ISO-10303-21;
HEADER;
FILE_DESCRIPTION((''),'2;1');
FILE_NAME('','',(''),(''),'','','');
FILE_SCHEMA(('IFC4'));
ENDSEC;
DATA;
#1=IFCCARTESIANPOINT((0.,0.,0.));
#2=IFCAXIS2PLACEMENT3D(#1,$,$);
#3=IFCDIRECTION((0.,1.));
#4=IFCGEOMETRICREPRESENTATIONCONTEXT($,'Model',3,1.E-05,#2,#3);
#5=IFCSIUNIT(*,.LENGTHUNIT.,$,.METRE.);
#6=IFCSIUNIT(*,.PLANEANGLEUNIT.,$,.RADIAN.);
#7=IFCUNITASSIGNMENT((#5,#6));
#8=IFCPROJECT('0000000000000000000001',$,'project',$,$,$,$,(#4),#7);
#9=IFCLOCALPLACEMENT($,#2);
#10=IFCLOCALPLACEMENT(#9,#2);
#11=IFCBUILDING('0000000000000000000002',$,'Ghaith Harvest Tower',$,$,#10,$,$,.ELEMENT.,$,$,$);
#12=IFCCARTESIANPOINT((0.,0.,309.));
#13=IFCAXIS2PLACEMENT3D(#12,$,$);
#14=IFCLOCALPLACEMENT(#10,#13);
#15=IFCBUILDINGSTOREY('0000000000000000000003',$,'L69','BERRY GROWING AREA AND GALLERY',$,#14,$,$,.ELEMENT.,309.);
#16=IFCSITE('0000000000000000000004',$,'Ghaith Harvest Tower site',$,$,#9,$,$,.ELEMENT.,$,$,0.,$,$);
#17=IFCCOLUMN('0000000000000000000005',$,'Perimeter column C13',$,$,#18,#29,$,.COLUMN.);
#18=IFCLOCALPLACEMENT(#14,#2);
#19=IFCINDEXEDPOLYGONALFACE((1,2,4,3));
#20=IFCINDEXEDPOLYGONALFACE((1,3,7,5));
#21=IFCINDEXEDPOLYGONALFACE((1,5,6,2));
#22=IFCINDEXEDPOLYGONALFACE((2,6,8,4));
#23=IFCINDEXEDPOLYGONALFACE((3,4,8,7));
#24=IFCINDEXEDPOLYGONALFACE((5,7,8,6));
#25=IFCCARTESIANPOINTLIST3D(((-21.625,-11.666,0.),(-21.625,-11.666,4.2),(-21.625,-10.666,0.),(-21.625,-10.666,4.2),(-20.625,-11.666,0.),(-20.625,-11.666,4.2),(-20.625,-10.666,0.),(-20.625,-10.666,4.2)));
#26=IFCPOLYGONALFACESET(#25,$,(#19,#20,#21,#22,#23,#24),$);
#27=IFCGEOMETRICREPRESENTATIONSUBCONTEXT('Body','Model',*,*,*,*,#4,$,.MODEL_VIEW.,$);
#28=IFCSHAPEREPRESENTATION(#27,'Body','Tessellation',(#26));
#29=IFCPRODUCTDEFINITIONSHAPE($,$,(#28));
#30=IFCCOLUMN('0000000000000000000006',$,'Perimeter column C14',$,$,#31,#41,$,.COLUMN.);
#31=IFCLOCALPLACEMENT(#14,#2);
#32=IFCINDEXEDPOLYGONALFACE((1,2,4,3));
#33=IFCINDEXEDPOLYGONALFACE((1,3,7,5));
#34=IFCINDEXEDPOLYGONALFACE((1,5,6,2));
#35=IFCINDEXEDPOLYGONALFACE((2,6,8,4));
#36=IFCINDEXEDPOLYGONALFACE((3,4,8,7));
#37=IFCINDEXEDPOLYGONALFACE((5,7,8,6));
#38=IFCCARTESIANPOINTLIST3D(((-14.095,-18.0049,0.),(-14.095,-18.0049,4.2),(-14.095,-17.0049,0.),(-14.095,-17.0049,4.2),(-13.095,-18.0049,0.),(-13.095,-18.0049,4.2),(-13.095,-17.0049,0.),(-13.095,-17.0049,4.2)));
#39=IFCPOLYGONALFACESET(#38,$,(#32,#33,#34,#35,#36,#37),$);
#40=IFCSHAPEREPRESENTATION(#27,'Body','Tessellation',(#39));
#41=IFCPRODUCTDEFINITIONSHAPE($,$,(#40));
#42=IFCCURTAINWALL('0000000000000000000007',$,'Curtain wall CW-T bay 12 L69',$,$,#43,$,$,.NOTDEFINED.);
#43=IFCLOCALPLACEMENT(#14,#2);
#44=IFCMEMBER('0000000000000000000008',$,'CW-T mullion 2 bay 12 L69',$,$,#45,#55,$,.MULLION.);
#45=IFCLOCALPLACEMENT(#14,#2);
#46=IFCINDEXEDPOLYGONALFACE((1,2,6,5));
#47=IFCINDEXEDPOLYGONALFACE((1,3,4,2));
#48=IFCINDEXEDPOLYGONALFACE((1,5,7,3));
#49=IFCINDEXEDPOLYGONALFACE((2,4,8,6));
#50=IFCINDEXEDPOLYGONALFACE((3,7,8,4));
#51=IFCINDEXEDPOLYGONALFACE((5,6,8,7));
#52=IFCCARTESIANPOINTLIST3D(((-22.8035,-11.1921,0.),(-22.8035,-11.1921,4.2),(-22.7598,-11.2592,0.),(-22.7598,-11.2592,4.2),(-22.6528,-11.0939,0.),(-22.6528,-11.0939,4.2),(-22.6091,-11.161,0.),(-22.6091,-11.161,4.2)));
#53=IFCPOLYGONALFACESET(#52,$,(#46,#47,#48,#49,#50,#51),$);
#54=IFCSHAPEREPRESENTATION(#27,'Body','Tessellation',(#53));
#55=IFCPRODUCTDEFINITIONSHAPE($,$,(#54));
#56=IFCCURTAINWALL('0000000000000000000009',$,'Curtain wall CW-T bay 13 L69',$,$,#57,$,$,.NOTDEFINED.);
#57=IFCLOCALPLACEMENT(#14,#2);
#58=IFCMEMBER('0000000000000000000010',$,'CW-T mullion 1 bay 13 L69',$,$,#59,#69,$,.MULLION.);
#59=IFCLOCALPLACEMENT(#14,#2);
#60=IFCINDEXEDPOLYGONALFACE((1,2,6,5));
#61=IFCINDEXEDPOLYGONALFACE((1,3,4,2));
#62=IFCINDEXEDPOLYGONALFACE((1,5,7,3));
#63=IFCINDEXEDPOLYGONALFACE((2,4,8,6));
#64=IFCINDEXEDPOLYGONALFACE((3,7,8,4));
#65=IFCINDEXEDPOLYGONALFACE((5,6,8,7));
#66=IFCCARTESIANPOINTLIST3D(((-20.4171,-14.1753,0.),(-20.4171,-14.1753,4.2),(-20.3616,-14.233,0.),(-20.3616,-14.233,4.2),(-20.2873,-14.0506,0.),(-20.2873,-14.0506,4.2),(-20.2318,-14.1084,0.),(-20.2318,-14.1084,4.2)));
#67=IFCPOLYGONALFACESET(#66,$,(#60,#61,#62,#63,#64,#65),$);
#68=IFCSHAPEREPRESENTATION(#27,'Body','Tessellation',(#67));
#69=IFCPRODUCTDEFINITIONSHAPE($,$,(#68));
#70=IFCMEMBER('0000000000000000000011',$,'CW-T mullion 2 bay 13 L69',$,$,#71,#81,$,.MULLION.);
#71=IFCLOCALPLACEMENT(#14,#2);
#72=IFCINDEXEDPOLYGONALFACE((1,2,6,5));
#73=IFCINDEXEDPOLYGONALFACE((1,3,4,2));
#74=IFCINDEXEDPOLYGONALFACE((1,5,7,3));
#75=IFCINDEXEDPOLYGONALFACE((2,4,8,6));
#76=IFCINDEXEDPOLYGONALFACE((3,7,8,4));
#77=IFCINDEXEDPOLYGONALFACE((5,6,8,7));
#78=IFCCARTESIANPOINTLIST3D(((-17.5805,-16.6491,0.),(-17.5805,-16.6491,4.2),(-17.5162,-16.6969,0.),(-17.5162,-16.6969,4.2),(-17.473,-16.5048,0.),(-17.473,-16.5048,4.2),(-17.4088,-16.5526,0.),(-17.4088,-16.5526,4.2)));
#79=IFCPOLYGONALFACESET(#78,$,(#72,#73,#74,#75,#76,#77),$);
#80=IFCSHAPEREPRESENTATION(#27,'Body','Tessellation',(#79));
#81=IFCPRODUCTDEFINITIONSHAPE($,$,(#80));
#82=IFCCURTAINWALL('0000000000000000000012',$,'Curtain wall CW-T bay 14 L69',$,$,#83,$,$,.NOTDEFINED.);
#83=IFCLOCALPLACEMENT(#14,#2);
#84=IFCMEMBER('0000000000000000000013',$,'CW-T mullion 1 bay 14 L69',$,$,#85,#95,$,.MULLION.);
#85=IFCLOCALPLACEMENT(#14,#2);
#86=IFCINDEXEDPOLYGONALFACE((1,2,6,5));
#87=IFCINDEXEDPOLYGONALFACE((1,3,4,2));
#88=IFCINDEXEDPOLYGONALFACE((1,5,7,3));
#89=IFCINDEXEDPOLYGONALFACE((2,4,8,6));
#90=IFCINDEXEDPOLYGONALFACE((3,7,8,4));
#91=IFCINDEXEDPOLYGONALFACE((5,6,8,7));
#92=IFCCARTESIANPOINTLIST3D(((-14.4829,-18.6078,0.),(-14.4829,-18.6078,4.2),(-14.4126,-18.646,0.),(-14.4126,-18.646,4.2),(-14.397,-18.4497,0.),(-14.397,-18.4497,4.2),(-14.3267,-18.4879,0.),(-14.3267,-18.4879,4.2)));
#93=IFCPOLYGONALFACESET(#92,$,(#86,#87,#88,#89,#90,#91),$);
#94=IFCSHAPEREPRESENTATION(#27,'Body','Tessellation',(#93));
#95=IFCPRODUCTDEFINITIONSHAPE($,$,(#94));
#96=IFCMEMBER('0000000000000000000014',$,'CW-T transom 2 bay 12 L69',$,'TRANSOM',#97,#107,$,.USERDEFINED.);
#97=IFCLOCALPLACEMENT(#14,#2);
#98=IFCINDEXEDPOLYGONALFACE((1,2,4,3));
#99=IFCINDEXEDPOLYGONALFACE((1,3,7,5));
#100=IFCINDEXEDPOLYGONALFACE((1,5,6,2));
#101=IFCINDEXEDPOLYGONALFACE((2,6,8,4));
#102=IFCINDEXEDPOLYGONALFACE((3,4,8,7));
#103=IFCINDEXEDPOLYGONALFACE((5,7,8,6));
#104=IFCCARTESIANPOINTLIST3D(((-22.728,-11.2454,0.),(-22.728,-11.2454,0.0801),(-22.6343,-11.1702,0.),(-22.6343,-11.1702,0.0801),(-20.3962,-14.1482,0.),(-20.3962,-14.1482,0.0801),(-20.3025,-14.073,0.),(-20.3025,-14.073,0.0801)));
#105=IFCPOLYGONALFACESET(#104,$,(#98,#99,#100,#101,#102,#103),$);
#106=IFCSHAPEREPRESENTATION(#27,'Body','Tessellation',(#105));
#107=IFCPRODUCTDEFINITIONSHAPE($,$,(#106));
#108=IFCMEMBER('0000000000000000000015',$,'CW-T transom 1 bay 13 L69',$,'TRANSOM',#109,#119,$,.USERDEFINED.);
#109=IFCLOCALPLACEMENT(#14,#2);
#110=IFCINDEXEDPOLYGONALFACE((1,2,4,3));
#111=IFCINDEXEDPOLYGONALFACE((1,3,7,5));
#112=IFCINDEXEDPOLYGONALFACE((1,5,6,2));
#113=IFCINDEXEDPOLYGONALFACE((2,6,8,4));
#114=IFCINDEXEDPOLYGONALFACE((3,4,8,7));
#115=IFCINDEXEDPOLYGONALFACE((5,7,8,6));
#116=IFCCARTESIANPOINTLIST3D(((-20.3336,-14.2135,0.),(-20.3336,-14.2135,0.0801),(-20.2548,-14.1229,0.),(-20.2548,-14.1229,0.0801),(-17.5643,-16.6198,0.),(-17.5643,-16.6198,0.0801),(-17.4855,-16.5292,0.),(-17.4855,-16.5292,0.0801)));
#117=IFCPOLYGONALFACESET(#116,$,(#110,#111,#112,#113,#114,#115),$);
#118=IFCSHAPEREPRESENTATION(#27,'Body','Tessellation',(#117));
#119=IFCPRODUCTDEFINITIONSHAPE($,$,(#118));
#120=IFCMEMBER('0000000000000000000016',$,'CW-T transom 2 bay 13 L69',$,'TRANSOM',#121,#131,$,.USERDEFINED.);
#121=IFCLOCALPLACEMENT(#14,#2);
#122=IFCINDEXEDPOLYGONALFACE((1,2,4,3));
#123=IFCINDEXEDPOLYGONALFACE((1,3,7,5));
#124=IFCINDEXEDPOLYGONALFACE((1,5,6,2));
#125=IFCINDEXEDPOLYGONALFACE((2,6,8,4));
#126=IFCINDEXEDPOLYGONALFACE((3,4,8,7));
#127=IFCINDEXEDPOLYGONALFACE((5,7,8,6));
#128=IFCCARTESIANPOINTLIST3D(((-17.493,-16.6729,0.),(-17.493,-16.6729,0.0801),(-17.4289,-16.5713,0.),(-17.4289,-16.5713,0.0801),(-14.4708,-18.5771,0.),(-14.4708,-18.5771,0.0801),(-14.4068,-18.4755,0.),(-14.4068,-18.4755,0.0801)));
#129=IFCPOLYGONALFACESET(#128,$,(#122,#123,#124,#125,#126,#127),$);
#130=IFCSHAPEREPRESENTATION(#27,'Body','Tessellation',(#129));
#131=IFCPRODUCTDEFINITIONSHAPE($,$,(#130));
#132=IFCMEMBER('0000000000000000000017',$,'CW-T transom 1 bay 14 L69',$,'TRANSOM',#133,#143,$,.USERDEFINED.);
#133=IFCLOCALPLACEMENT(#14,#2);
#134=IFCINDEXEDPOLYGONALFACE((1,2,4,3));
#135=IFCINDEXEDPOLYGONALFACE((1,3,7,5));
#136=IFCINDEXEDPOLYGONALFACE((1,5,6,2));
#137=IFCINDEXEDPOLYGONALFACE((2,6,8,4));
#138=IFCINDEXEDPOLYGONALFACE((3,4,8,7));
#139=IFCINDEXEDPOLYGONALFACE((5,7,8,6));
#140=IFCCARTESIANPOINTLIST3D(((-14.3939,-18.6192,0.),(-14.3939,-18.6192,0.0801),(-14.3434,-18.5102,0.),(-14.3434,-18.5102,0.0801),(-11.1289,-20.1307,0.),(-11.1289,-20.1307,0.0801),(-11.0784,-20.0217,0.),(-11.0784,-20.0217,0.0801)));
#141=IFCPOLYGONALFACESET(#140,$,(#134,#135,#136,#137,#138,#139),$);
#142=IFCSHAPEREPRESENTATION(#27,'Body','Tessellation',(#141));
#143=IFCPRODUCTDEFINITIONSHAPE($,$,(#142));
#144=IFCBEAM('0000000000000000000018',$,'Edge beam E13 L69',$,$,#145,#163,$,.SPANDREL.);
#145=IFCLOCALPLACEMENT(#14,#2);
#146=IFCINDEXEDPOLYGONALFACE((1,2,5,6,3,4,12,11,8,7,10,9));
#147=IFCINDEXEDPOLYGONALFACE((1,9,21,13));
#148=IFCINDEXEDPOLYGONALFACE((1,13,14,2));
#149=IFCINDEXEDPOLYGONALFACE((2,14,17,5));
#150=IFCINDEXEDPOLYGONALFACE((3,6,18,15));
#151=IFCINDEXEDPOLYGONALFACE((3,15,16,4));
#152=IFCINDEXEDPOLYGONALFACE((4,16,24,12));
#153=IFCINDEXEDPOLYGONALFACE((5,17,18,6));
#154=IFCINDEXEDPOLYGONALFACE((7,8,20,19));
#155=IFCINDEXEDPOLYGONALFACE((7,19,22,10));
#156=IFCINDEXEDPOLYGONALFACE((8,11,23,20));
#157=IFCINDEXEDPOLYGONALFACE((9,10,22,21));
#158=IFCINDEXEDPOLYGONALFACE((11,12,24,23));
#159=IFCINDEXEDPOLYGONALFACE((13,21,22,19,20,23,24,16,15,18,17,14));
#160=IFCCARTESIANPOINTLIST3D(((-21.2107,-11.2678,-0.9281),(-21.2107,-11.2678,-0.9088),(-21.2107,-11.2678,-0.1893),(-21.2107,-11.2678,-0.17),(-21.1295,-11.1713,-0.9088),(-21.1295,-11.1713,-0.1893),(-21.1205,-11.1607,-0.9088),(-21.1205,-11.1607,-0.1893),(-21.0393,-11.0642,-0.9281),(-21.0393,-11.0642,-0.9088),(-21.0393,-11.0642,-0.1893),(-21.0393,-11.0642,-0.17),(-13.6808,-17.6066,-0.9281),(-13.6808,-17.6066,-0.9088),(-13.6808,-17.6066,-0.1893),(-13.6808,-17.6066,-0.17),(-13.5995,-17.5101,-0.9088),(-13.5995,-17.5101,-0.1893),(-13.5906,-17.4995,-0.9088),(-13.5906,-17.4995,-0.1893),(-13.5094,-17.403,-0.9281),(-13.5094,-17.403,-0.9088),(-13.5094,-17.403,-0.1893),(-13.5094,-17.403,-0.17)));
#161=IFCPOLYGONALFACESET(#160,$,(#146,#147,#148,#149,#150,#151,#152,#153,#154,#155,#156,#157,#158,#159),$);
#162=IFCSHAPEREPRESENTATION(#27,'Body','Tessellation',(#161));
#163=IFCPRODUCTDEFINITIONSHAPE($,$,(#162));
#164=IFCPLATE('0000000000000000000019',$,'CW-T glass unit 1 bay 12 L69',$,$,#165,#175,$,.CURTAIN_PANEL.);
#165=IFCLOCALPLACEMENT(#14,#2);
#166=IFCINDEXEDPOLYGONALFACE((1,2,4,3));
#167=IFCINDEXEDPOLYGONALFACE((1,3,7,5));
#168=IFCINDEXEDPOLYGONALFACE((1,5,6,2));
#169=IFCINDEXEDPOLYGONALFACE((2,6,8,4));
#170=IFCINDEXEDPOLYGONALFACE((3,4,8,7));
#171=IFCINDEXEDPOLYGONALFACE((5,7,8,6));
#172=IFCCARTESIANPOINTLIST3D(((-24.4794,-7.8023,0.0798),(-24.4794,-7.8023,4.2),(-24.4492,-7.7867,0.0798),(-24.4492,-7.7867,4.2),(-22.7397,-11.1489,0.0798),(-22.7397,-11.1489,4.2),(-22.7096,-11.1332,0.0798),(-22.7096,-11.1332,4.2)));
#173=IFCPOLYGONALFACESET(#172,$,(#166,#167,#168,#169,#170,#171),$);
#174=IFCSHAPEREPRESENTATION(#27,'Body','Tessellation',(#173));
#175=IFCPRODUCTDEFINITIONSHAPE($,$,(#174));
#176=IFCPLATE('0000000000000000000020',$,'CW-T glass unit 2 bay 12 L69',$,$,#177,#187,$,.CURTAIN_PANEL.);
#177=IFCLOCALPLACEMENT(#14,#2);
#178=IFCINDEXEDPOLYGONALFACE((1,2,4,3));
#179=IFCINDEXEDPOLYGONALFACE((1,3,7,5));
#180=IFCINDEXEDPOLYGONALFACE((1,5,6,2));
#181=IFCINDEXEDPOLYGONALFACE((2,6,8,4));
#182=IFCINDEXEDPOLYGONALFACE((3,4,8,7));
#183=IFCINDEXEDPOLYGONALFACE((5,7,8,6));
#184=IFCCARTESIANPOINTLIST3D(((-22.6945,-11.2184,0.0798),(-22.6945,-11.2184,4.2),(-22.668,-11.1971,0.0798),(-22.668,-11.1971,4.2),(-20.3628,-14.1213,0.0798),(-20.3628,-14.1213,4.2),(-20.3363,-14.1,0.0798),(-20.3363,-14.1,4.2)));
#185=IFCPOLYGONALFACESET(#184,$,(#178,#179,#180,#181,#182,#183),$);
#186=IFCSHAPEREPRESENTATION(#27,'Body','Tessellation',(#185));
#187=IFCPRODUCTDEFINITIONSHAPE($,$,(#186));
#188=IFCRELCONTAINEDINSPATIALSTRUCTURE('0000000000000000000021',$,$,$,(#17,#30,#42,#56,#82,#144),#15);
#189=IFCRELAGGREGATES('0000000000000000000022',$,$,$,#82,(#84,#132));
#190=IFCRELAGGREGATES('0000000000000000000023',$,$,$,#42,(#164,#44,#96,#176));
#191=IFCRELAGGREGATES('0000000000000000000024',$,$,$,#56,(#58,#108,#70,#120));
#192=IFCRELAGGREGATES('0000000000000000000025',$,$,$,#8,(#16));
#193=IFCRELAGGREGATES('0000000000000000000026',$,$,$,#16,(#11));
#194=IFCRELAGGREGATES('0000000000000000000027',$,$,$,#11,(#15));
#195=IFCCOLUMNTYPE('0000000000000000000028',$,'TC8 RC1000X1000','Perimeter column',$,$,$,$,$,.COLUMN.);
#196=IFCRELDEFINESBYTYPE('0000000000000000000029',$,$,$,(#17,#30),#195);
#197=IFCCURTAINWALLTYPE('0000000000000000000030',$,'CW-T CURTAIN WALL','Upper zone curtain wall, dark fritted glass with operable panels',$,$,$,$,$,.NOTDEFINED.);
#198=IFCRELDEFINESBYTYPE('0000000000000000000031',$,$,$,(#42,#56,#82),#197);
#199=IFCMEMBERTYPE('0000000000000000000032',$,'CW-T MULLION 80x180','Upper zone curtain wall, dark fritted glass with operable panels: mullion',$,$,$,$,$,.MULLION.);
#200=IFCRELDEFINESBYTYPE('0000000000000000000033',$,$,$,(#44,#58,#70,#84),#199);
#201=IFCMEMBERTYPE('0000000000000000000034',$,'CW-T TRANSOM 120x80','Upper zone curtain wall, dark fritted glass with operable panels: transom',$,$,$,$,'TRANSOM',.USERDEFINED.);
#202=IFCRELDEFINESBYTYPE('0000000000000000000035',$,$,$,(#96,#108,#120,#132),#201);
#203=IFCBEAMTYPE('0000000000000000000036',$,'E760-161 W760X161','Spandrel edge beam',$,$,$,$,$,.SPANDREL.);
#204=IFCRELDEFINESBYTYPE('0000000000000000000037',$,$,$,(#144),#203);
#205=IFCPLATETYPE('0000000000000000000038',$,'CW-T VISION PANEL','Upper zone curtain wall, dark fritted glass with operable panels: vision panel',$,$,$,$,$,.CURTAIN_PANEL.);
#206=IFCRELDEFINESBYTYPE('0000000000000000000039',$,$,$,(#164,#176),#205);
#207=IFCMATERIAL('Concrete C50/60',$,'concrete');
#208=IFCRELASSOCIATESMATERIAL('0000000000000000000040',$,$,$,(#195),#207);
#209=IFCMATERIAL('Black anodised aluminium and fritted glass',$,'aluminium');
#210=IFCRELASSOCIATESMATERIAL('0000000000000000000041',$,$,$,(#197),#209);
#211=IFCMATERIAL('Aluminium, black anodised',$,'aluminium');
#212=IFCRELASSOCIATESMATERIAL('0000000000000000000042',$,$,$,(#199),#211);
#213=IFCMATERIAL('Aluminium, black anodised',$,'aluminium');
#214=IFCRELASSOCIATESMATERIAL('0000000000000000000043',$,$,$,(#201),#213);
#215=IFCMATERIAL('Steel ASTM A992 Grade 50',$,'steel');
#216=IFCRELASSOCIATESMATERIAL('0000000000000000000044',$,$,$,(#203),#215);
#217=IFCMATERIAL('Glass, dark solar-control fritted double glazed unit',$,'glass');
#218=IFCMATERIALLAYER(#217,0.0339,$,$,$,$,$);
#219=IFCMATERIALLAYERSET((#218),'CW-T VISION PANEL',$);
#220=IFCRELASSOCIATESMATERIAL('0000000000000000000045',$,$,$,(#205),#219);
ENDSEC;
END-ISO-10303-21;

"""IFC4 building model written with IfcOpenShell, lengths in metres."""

from ifc_helpers import new_model, si_unit, direction, frame, origin, origin_2d, place, context, subcontext, project, spatial, rectangle, i_section, extrude, material, layer, layer_set, material_profile, profile_set, type_object, element, aggregate, save


model = new_model("IFC4")

# Units and contexts
model_context = context("Model", 3, precision=1e-05, world=origin(), true_north=direction((0.0, 1.0)))
body_context = subcontext(model_context, "Body", "Model", "MODEL_VIEW")
ifc_project = project(units=[si_unit("LENGTHUNIT", "METRE"), si_unit("PLANEANGLEUNIT", "RADIAN")], contexts=[model_context])

# Site, building, storey
site_placement = place(None, origin())
site = spatial("IfcSite", under=ifc_project, at=site_placement, Name="Ghaith Harvest Tower site", CompositionType="ELEMENT", RefElevation=0.0)
building_placement = place(site_placement, origin())
building = spatial("IfcBuilding", under=site, at=building_placement, Name="Ghaith Harvest Tower", CompositionType="ELEMENT")
storey_placement = place(building_placement, frame((0.0, 0.0, 309.0)))
storey = spatial("IfcBuildingStorey", under=building, at=storey_placement, Name="L69", Description="BERRY GROWING AREA AND GALLERY", CompositionType="ELEMENT", Elevation=309.0)

# Columns
ifc_material_1 = material(Name="Concrete C50/60", Category="concrete")
ifc_material_profile_1 = material_profile(ifc_material_1, rectangle(XDim=1.0, YDim=1.0, at=origin_2d()), Name="RC1000X1000")
ifc_profile_set_1 = profile_set([ifc_material_profile_1], Name="Concrete C50/60")
column_type = type_object("IfcColumnType", Name="TC8 RC1000X1000", Description="Perimeter column", PredefinedType="COLUMN", material=ifc_profile_set_1)
for number, where, z_axis, x_axis, name in (
    (1, (-21.125, -11.166, 0.0), (0.0, 0.0, 1.0), (1.0, 0.0, 0.0), "Perimeter column C13"),
    (2, (-13.595, -17.5049, 0.0), (0.0, 0.0, 1.0), (1.0, 0.0, 0.0), "Perimeter column C14"),
):
    element("IfcColumn", number, at=place(storey_placement, frame(where, z_axis=z_axis, x_axis=x_axis)), inside=storey, type_object=column_type, Name=name, PredefinedType="COLUMN", context=body_context, shape_type="SweptSolid", body=[
        extrude(rectangle(XDim=1.0, YDim=1.0, at=origin_2d()), origin(), (0.0, 0.0, 1.0), 4.2),
    ])

# Curtain wall, member
ifc_material_2 = material(Name="Black anodised aluminium and fritted glass", Category="aluminium")
curtain_wall_type = type_object("IfcCurtainWallType", Name="CW-T CURTAIN WALL", Description="Upper zone curtain wall, dark fritted glass with operable panels", PredefinedType="NOTDEFINED", material=ifc_material_2)
curtain_wall_1_placement = place(storey_placement, origin())
curtain_wall_1 = element("IfcCurtainWall", 3, at=curtain_wall_1_placement, inside=storey, type_object=curtain_wall_type, Name="Curtain wall CW-T bay 12 L69", PredefinedType="NOTDEFINED")
ifc_material_3 = material(Name="Aluminium, black anodised", Category="aluminium")
ifc_material_profile_2 = material_profile(ifc_material_3, rectangle(XDim=0.0801, YDim=0.1799, at=origin_2d()), Name="CW-T MULLION 80x180")
ifc_profile_set_2 = profile_set([ifc_material_profile_2], Name="Aluminium, black anodised")
member_type_1 = type_object("IfcMemberType", Name="CW-T MULLION 80x180", Description="Upper zone curtain wall, dark fritted glass with operable panels: mullion", PredefinedType="MULLION", material=ifc_profile_set_2)
member_1_placement = place(storey_placement, frame((-22.7063, -11.1765, 0.0), z_axis=(0.0, 0.0, 1.0), x_axis=(0.545865, -0.837873, 0.0)))
member_1 = element("IfcMember", 4, at=member_1_placement, type_object=member_type_1, Name="CW-T mullion 2 bay 12 L69", PredefinedType="MULLION", context=body_context, shape_type="SweptSolid", body=[
    extrude(rectangle(XDim=0.0801, YDim=0.1799, at=origin_2d()), origin(), (0.0, 0.0, 1.0), 4.2),
])

# Curtain wall, members
curtain_wall_2_placement = place(storey_placement, origin())
curtain_wall_2 = element("IfcCurtainWall", 5, at=curtain_wall_2_placement, inside=storey, type_object=curtain_wall_type, Name="Curtain wall CW-T bay 13 L69", PredefinedType="NOTDEFINED")
member_2_placement = place(storey_placement, frame((-20.3245, -14.1418, 0.0), z_axis=(0.0, 0.0, 1.0), x_axis=(0.692826, -0.721104, 0.0)))
member_2 = element("IfcMember", 6, at=member_2_placement, type_object=member_type_1, Name="CW-T mullion 1 bay 13 L69", PredefinedType="MULLION", context=body_context, shape_type="SweptSolid", body=[
    extrude(rectangle(XDim=0.0801, YDim=0.1799, at=origin_2d()), origin(), (0.0, 0.0, 1.0), 4.2),
])
member_3_placement = place(storey_placement, frame((-17.4946, -16.6008, 0.0), z_axis=(0.0, 0.0, 1.0), x_axis=(0.80219, -0.597069, 0.0)))
member_3 = element("IfcMember", 7, at=member_3_placement, type_object=member_type_1, Name="CW-T mullion 2 bay 13 L69", PredefinedType="MULLION", context=body_context, shape_type="SweptSolid", body=[
    extrude(rectangle(XDim=0.0801, YDim=0.1799, at=origin_2d()), origin(), (0.0, 0.0, 1.0), 4.2),
])

# Curtain wall, member
curtain_wall_3_placement = place(storey_placement, origin())
curtain_wall_3 = element("IfcCurtainWall", 8, at=curtain_wall_3_placement, inside=storey, type_object=curtain_wall_type, Name="Curtain wall CW-T bay 14 L69", PredefinedType="NOTDEFINED")
member_4_placement = place(storey_placement, frame((-14.4048, -18.5479, 0.0), z_axis=(0.0, 0.0, 1.0), x_axis=(0.878672, -0.477426, 0.0)))
member_4 = element("IfcMember", 9, at=member_4_placement, type_object=member_type_1, Name="CW-T mullion 1 bay 14 L69", PredefinedType="MULLION", context=body_context, shape_type="SweptSolid", body=[
    extrude(rectangle(XDim=0.0801, YDim=0.1799, at=origin_2d()), origin(), (0.0, 0.0, 1.0), 4.2),
])

# Members
ifc_material_4 = material(Name="Aluminium, black anodised", Category="aluminium")
ifc_material_profile_3 = material_profile(ifc_material_4, rectangle(XDim=0.1201, YDim=0.0801, at=origin_2d()), Name="CW-T TRANSOM 120x80")
ifc_profile_set_3 = profile_set([ifc_material_profile_3], Name="Aluminium, black anodised")
member_type_2 = type_object("IfcMemberType", Name="CW-T TRANSOM 120x80", Description="Upper zone curtain wall, dark fritted glass with operable panels: transom", ElementType="TRANSOM", PredefinedType="USERDEFINED", material=ifc_profile_set_3)
member_5_placement = place(storey_placement, frame((-22.6812, -11.2078, 0.04), z_axis=(0.626253, -0.77962, 0.0), x_axis=(0.77962, 0.626253, 0.0)))
member_5 = element("IfcMember", 10, at=member_5_placement, type_object=member_type_2, Name="CW-T transom 2 bay 12 L69", ObjectType="TRANSOM", PredefinedType="USERDEFINED", context=body_context, shape_type="SweptSolid", body=[
    extrude(rectangle(XDim=0.1201, YDim=0.0801, at=origin_2d()), origin(), (0.0, 0.0, 1.0), 3.7234),
])
member_6_placement = place(storey_placement, frame((-20.2942, -14.1682, 0.04), z_axis=(0.754852, -0.655895, 0.0), x_axis=(0.655895, 0.754852, 0.0)))
member_6 = element("IfcMember", 11, at=member_6_placement, type_object=member_type_2, Name="CW-T transom 1 bay 13 L69", ObjectType="TRANSOM", PredefinedType="USERDEFINED", context=body_context, shape_type="SweptSolid", body=[
    extrude(rectangle(XDim=0.1201, YDim=0.0801, at=origin_2d()), origin(), (0.0, 0.0, 1.0), 3.6687),
])
member_7_placement = place(storey_placement, frame((-17.4609, -16.6221, 0.04), z_axis=(0.846054, -0.533098, 0.0), x_axis=(0.533098, 0.846054, 0.0)))
member_7 = element("IfcMember", 12, at=member_7_placement, type_object=member_type_2, Name="CW-T transom 2 bay 13 L69", ObjectType="TRANSOM", PredefinedType="USERDEFINED", context=body_context, shape_type="SweptSolid", body=[
    extrude(rectangle(XDim=0.1201, YDim=0.0801, at=origin_2d()), origin(), (0.0, 0.0, 1.0), 3.572),
])
member_8_placement = place(storey_placement, frame((-14.3687, -18.5647, 0.04), z_axis=(0.907472, -0.420112, 0.0), x_axis=(0.420112, 0.907472, 0.0)))
member_8 = element("IfcMember", 13, at=member_8_placement, type_object=member_type_2, Name="CW-T transom 1 bay 14 L69", ObjectType="TRANSOM", PredefinedType="USERDEFINED", context=body_context, shape_type="SweptSolid", body=[
    extrude(rectangle(XDim=0.1201, YDim=0.0801, at=origin_2d()), origin(), (0.0, 0.0, 1.0), 3.5979),
])
aggregate(curtain_wall_3, [member_4, member_8])

# Beam
ifc_material_5 = material(Name="Steel ASTM A992 Grade 50", Category="steel")
ifc_material_profile_4 = material_profile(ifc_material_5, i_section(OverallWidth=0.2661, OverallDepth=0.7581, WebThickness=0.0139, FlangeThickness=0.0193, at=origin_2d()), Name="W760X161")
ifc_profile_set_4 = profile_set([ifc_material_profile_4], Name="Steel ASTM A992 Grade 50")
beam_type = type_object("IfcBeamType", Name="E760-161 W760X161", Description="Spandrel edge beam", PredefinedType="SPANDREL", material=ifc_profile_set_4)
beam_placement = place(storey_placement, frame((-21.125, -11.166, -0.5491), z_axis=(0.765022, -0.644004, 0.0), x_axis=(0.644004, 0.765022, 0.0)))
element("IfcBeam", 14, at=beam_placement, inside=storey, type_object=beam_type, Name="Edge beam E13 L69", PredefinedType="SPANDREL", context=body_context, shape_type="SweptSolid", body=[
    extrude(i_section(OverallWidth=0.2661, OverallDepth=0.7581, WebThickness=0.0139, FlangeThickness=0.0193, at=origin_2d()), origin(), (0.0, 0.0, 1.0), 9.8428),
])

# Plates
ifc_material_6 = material(Name="Glass, dark solar-control fritted double glazed unit", Category="glass")
ifc_layer_1 = layer(ifc_material_6, 0.0339)
ifc_layer_set_1 = layer_set([ifc_layer_1], Name="CW-T VISION PANEL")
plate_type_1 = type_object("IfcPlateType", Name="CW-T VISION PANEL", Description="Upper zone curtain wall, dark fritted glass with operable panels: vision panel", PredefinedType="CURTAIN_PANEL", material=ifc_layer_set_1)
plate_1_placement = place(storey_placement, frame((-23.5945, -9.4678, 0.0798), z_axis=(0.0, 0.0, 1.0), x_axis=(0.46123, -0.887281, 0.0)))
plate_1 = element("IfcPlate", 15, at=plate_1_placement, type_object=plate_type_1, Name="CW-T glass unit 1 bay 12 L69", PredefinedType="CURTAIN_PANEL", context=body_context, shape_type="SweptSolid", body=[
    extrude(rectangle(XDim=3.7717, YDim=0.0339, at=origin_2d()), origin(), (0.0, 0.0, 1.0), 4.1201),
])
plate_2_placement = place(storey_placement, frame((-21.5154, -12.6592, 0.0798), z_axis=(0.0, 0.0, 1.0), x_axis=(0.62623, -0.779639, 0.0)))
plate_2 = element("IfcPlate", 16, at=plate_2_placement, type_object=plate_type_1, Name="CW-T glass unit 2 bay 12 L69", PredefinedType="CURTAIN_PANEL", context=body_context, shape_type="SweptSolid", body=[
    extrude(rectangle(XDim=3.7234, YDim=0.0339, at=origin_2d()), origin(), (0.0, 0.0, 1.0), 4.1201),
])
aggregate(curtain_wall_1, [plate_1, member_1, member_5, plate_2])
aggregate(curtain_wall_2, [member_2, member_6, member_3, member_7])

save(model, "model.ifc")
